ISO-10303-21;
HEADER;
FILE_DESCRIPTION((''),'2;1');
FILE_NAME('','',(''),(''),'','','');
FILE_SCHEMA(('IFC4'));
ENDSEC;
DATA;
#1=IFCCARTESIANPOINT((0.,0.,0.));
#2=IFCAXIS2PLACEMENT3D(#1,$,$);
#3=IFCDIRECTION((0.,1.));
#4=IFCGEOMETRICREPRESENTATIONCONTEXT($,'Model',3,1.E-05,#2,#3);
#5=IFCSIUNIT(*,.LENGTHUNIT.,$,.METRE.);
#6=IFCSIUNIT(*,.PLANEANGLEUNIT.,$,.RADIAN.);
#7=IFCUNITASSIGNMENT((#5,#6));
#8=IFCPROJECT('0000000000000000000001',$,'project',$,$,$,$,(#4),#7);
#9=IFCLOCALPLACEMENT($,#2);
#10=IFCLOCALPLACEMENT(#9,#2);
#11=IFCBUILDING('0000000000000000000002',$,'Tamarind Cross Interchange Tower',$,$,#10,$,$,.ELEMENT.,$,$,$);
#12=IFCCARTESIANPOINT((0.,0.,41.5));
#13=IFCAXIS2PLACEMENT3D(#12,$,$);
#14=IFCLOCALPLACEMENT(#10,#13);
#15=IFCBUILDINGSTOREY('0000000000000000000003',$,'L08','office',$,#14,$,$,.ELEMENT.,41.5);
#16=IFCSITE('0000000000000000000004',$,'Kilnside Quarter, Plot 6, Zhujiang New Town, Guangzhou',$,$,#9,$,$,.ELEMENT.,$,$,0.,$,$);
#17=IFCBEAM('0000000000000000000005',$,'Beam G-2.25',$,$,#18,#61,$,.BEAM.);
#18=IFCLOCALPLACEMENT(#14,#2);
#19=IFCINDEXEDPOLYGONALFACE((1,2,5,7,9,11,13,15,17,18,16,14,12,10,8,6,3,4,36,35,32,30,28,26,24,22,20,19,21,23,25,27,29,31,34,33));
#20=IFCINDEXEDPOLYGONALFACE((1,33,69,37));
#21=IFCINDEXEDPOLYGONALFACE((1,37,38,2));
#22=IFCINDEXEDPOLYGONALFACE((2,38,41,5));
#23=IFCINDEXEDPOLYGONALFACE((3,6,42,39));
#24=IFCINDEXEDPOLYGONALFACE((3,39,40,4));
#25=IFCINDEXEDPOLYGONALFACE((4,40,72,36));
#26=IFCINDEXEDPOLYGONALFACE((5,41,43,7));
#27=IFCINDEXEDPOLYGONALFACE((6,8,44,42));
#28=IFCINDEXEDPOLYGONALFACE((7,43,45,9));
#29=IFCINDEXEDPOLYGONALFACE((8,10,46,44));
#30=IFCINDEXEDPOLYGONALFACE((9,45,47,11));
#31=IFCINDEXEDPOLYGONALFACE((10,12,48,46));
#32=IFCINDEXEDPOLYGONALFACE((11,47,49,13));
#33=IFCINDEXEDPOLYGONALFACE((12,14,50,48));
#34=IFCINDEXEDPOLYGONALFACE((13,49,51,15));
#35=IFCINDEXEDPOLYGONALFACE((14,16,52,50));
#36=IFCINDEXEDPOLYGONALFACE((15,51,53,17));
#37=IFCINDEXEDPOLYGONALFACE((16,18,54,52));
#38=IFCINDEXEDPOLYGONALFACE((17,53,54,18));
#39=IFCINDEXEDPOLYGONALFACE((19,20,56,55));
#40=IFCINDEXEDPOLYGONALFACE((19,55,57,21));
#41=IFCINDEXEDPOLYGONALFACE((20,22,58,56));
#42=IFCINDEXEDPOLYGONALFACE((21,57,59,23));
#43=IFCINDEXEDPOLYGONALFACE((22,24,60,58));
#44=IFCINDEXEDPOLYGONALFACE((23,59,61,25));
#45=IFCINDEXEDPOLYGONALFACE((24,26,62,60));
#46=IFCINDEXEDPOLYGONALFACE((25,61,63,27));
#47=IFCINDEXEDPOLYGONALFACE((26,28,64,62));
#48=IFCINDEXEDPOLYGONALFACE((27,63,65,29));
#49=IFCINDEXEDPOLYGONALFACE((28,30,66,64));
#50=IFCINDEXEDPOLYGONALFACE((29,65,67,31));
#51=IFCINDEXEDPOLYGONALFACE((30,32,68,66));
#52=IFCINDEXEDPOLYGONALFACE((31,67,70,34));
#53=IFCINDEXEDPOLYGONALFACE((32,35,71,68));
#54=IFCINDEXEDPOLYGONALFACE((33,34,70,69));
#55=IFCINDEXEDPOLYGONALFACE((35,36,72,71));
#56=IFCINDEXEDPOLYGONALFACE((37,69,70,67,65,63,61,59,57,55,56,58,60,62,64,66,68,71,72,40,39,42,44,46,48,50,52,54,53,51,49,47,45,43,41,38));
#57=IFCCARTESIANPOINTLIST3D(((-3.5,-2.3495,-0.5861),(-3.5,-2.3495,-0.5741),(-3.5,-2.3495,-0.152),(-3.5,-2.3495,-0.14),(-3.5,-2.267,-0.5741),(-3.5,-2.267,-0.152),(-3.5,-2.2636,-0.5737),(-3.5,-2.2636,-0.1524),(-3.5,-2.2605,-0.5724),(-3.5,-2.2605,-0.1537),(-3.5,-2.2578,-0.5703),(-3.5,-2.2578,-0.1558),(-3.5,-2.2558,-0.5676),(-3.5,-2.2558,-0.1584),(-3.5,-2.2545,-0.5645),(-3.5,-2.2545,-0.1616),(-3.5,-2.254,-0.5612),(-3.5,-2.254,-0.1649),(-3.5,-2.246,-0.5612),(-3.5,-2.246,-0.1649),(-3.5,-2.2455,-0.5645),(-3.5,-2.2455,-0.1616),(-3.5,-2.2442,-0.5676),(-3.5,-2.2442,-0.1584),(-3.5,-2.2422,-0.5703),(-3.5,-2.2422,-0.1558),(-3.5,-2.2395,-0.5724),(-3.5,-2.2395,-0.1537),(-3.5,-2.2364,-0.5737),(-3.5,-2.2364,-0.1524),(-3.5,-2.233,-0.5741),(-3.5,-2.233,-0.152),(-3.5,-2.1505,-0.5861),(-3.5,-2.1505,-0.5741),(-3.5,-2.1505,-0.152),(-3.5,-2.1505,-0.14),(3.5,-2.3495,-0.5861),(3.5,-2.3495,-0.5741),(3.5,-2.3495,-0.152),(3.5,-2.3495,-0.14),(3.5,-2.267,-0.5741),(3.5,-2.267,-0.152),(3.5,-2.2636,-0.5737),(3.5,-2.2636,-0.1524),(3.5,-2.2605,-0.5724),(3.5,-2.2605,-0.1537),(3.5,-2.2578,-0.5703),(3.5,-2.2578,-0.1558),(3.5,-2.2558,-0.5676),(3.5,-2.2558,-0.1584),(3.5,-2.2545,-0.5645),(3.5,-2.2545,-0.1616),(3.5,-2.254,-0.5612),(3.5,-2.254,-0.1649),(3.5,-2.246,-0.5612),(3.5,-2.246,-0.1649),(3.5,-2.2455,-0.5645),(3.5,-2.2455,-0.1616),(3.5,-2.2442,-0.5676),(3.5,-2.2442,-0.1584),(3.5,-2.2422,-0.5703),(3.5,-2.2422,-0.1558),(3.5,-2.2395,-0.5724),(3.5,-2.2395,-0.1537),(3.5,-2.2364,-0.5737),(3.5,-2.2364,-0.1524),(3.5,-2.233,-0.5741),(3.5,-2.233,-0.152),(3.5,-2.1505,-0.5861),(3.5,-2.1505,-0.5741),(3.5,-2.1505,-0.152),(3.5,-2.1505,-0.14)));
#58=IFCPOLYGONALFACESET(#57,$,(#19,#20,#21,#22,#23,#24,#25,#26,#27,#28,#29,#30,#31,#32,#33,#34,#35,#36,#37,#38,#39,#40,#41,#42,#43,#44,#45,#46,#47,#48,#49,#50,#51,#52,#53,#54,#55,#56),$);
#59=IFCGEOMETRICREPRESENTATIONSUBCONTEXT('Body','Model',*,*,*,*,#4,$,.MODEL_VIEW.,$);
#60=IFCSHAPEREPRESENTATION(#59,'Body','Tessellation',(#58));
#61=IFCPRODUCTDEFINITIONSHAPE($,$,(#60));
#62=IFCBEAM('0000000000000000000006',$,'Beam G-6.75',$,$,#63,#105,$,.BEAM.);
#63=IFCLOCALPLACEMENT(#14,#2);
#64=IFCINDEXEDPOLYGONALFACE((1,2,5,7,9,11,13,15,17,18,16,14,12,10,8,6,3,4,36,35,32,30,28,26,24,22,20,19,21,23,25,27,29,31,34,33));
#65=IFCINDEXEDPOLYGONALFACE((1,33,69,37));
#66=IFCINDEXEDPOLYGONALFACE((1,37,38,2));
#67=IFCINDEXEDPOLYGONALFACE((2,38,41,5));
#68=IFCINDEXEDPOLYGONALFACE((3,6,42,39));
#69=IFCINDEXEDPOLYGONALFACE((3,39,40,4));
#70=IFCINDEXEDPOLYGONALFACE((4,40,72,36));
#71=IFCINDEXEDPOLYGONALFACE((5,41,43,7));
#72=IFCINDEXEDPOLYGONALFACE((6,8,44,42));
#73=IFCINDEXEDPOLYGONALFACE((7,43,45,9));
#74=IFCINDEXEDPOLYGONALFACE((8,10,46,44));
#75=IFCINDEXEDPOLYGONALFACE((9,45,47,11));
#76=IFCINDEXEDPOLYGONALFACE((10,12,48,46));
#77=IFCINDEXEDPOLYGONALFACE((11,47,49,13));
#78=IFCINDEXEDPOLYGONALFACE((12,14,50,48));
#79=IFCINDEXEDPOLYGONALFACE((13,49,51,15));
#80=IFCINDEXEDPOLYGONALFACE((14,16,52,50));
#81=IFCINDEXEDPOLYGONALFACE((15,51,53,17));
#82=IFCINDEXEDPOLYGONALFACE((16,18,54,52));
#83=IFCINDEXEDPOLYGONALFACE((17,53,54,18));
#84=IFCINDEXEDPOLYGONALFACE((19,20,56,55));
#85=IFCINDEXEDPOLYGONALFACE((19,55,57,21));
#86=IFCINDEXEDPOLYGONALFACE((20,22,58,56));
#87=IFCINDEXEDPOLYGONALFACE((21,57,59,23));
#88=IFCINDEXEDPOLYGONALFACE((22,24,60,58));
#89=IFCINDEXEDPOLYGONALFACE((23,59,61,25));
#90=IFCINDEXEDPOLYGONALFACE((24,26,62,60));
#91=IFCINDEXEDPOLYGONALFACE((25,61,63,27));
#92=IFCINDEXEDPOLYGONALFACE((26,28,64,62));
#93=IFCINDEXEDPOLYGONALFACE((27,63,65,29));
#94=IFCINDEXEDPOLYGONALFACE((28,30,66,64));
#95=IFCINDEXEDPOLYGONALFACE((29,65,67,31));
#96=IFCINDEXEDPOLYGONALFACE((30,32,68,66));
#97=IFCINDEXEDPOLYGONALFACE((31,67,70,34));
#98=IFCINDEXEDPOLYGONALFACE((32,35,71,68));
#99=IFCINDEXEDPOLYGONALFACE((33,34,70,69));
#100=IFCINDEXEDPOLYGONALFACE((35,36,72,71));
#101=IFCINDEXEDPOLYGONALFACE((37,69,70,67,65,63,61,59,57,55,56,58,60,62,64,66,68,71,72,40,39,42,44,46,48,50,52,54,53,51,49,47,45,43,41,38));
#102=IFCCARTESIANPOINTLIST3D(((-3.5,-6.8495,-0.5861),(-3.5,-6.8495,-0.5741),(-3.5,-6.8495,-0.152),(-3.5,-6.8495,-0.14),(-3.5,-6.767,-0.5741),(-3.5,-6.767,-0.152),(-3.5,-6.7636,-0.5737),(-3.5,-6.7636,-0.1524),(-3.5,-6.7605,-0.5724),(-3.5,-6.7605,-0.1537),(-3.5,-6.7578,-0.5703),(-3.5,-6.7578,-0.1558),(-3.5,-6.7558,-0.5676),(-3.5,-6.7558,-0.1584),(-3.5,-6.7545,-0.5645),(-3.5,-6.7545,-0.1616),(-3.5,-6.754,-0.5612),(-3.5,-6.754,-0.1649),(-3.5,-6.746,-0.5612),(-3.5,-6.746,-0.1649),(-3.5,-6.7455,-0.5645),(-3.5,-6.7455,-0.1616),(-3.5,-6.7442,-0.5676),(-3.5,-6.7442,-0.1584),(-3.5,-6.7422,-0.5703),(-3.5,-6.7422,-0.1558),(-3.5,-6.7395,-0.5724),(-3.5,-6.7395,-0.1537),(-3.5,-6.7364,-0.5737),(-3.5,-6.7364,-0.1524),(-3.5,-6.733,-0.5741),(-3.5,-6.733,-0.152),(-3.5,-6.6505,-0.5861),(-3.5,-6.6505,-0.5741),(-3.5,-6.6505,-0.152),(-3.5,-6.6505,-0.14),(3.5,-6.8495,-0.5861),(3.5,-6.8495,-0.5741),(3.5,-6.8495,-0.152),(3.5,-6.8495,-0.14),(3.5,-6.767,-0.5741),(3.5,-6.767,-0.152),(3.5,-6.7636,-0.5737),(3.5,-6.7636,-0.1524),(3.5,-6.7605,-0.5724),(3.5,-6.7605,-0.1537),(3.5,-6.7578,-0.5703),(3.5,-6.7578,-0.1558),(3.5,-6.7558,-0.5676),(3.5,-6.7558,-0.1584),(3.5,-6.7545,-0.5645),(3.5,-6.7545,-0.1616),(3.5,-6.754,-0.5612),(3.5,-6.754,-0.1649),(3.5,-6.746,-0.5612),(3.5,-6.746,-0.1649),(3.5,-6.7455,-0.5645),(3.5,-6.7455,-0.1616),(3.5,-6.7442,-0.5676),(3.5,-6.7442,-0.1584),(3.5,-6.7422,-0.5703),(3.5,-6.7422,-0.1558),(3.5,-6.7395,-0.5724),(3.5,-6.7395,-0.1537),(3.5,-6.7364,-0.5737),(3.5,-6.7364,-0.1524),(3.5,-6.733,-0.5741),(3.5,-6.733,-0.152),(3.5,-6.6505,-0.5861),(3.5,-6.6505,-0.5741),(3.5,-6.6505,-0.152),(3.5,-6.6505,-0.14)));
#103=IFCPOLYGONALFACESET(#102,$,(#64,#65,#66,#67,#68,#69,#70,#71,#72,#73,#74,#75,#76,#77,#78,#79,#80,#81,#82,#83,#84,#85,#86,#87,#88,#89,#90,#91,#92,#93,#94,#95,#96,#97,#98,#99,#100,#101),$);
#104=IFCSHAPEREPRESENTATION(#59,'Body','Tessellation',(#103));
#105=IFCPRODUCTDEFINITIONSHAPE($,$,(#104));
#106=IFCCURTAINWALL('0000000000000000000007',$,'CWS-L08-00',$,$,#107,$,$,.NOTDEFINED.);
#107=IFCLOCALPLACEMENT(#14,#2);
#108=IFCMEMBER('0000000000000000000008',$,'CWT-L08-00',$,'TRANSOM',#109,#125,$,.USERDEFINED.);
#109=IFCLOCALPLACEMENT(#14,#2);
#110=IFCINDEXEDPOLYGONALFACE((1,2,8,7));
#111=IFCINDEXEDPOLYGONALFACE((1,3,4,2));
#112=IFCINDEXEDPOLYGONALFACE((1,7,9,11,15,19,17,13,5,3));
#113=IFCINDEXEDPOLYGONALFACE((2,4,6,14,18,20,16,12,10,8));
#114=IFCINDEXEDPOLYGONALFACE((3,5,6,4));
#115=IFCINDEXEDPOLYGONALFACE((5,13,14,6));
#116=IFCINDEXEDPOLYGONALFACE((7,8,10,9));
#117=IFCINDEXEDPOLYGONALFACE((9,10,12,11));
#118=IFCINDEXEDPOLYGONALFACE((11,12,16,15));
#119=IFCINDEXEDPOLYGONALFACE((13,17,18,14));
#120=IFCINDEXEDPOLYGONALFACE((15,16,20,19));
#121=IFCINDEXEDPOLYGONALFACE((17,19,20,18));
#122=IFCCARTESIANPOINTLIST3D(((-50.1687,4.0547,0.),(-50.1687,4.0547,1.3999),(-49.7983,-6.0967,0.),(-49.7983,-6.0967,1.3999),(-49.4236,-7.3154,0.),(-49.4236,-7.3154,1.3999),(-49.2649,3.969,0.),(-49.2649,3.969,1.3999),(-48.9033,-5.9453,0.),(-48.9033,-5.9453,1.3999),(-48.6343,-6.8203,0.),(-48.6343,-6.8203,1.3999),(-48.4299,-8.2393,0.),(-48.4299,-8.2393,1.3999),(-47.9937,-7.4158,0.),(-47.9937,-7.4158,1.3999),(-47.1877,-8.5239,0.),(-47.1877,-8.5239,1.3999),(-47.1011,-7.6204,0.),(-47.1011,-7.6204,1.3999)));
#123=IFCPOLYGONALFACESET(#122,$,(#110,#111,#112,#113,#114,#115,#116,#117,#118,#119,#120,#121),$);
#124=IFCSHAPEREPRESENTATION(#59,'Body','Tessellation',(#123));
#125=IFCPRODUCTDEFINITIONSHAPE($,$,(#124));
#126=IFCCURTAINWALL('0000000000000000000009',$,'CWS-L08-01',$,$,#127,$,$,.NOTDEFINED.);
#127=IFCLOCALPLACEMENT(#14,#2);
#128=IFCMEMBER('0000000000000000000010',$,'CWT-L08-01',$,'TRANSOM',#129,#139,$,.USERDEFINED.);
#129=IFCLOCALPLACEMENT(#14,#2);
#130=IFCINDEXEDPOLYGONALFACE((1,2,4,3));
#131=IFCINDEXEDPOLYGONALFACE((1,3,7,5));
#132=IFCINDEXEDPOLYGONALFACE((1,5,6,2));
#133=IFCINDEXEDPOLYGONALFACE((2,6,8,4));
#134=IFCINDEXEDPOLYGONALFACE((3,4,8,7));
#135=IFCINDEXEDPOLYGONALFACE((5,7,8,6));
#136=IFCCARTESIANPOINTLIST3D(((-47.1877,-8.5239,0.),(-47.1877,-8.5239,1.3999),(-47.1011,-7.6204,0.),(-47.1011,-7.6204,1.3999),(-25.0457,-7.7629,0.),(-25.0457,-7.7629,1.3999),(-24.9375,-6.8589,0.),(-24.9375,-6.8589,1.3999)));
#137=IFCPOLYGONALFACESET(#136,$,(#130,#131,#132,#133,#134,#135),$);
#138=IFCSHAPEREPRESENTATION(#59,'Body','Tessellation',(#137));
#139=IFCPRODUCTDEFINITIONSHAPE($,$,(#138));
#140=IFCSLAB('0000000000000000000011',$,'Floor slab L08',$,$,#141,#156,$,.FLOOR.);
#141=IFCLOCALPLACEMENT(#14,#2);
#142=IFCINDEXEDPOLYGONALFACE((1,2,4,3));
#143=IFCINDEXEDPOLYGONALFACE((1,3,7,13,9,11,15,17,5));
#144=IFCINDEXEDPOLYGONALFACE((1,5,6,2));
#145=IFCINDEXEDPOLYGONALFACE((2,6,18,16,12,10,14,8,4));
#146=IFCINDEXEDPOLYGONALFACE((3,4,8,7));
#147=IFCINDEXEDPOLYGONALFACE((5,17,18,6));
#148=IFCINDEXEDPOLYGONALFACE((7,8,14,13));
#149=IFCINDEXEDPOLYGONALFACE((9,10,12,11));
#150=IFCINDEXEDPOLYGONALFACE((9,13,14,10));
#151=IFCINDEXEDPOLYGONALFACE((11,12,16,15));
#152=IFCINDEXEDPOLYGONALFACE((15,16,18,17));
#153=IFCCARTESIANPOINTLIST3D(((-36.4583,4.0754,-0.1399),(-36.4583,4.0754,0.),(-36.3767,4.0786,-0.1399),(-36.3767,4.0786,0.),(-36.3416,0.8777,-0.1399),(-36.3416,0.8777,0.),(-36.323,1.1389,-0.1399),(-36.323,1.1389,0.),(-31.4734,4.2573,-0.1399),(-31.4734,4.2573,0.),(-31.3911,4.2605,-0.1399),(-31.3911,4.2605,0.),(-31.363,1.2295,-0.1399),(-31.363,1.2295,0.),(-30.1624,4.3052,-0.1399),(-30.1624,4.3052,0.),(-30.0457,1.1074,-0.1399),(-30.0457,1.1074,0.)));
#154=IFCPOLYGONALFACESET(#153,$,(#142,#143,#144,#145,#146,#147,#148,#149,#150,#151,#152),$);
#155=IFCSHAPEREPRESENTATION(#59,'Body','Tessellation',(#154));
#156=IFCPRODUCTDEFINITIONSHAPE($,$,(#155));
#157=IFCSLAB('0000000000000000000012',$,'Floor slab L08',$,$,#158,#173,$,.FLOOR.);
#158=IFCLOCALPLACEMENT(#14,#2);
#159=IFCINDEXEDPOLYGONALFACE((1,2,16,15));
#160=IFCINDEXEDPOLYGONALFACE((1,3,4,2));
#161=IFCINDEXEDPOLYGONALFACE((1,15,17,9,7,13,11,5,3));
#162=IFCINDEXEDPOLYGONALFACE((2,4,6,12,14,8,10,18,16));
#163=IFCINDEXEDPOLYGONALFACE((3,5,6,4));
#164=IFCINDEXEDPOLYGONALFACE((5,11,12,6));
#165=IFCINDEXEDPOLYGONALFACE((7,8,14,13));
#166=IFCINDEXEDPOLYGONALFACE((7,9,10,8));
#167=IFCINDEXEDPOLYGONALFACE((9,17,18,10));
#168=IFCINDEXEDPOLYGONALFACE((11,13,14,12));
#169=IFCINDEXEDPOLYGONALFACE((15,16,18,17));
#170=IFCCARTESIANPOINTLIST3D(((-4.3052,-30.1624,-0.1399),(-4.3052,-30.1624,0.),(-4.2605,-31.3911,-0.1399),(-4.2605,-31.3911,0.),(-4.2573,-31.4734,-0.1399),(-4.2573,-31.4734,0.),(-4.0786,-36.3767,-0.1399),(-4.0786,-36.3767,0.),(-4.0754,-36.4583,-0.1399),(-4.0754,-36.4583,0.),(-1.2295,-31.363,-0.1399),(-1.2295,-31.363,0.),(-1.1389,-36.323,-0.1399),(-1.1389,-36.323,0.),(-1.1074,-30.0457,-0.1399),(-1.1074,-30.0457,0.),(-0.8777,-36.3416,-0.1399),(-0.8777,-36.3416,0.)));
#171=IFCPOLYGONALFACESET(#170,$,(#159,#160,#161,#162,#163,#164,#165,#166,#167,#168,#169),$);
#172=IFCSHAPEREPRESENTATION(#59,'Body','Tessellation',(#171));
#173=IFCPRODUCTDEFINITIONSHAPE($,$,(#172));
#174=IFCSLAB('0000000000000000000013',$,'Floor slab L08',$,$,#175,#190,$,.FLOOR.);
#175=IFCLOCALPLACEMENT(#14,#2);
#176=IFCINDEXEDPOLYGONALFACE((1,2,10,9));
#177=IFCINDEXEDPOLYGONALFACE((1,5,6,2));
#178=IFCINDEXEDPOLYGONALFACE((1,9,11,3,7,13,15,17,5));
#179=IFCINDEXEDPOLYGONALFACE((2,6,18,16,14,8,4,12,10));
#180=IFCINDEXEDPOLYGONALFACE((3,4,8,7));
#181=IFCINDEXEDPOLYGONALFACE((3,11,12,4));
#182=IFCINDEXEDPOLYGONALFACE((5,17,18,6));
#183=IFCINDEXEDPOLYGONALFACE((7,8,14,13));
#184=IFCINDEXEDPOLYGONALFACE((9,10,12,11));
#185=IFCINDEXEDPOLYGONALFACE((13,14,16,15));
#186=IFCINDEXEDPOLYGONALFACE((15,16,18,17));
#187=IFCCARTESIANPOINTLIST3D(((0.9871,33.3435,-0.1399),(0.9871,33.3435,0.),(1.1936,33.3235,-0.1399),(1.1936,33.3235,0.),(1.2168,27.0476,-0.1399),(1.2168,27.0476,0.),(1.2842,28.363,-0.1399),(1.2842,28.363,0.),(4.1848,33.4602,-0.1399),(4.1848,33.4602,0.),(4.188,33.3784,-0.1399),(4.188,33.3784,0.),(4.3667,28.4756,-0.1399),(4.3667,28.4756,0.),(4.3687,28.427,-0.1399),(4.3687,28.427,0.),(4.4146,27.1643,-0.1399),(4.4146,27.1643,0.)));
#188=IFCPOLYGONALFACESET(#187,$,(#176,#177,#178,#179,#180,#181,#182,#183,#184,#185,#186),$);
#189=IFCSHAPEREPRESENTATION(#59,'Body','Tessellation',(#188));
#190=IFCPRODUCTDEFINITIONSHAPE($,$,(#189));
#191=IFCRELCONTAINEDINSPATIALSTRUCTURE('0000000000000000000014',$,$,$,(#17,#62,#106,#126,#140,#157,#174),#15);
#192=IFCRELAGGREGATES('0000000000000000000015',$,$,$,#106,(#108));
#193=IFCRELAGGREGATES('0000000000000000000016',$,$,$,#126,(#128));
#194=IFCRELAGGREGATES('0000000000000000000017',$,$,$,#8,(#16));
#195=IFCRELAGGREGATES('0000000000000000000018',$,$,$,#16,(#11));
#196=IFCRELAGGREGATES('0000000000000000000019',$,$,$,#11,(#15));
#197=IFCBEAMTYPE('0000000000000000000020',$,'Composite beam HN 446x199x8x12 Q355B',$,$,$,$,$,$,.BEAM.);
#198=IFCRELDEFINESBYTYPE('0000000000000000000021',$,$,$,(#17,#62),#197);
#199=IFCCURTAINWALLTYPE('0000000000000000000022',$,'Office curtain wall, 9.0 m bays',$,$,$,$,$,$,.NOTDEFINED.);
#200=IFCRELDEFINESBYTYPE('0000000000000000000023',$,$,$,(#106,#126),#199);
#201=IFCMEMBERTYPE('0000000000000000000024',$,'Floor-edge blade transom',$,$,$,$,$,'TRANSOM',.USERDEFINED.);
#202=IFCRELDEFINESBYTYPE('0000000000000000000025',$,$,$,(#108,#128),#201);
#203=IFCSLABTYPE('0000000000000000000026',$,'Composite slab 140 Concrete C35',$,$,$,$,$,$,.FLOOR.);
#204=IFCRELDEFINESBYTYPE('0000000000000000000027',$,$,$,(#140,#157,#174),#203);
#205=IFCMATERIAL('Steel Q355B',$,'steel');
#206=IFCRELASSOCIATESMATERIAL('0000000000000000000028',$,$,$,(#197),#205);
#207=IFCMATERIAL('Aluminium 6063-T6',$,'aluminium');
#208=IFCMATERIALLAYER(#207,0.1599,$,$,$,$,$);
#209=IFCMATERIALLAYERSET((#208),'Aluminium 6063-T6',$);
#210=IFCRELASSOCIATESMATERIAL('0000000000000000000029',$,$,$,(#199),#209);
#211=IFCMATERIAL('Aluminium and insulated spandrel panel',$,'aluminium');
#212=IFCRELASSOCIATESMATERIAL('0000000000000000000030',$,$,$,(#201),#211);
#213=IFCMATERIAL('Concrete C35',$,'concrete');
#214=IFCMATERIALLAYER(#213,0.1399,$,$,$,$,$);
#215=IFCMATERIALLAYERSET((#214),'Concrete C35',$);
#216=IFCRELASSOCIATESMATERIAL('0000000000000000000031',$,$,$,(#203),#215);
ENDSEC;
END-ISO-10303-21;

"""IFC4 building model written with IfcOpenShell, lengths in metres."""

from ifc_helpers import new_model, si_unit, direction, frame, origin, origin_2d, place, context, subcontext, project, spatial, polyline, i_section, outline, extrude, material, layer, layer_set, material_profile, profile_set, type_object, element, aggregate, save


model = new_model("IFC4")

# Units and contexts
model_context = context("Model", 3, precision=1e-05, world=origin(), true_north=direction((0.0, 1.0)))
body_context = subcontext(model_context, "Body", "Model", "MODEL_VIEW")
ifc_project = project(units=[si_unit("LENGTHUNIT", "METRE"), si_unit("PLANEANGLEUNIT", "RADIAN")], contexts=[model_context])

# Site, building, storey
site_placement = place(None, origin())
site = spatial("IfcSite", under=ifc_project, at=site_placement, Name="Kilnside Quarter, Plot 6, Zhujiang New Town, Guangzhou", CompositionType="ELEMENT", RefElevation=0.0)
building_placement = place(site_placement, origin())
building = spatial("IfcBuilding", under=site, at=building_placement, Name="Tamarind Cross Interchange Tower", CompositionType="ELEMENT")
storey_placement = place(building_placement, frame((0.0, 0.0, 41.5)))
storey = spatial("IfcBuildingStorey", under=building, at=storey_placement, Name="L08", Description="office", CompositionType="ELEMENT", Elevation=41.5)

# Beams
ifc_material_1 = material(Name="Steel Q355B", Category="steel")
ifc_material_profile = material_profile(ifc_material_1, i_section(OverallWidth=0.199, OverallDepth=0.446, WebThickness=0.0081, FlangeThickness=0.012, FilletRadius=0.0129, at=origin_2d()), Name="HN 446x199x8x12")
ifc_profile_set = profile_set([ifc_material_profile], Name="Steel Q355B")
beam_type = type_object("IfcBeamType", Name="Composite beam HN 446x199x8x12 Q355B", PredefinedType="BEAM", material=ifc_profile_set)
for number, where, z_axis, x_axis, name in (
    (1, (-3.5, -2.25, -0.363), (1.0, 0.0, 0.0), (0.0, 1.0, 0.0), "Beam G-2.25"),
    (2, (-3.5, -6.75, -0.363), (1.0, 0.0, 0.0), (0.0, 1.0, 0.0), "Beam G-6.75"),
):
    element("IfcBeam", number, at=place(storey_placement, frame(where, z_axis=z_axis, x_axis=x_axis)), inside=storey, type_object=beam_type, Name=name, PredefinedType="BEAM", context=body_context, shape_type="SweptSolid", body=[
        extrude(i_section(OverallWidth=0.199, OverallDepth=0.446, WebThickness=0.0081, FlangeThickness=0.012, FilletRadius=0.0129, at=origin_2d()), origin(), (0.0, 0.0, 1.0), 7.0),
    ])

# Curtain walls, members
ifc_material_2 = material(Name="Aluminium 6063-T6", Category="aluminium")
ifc_layer_1 = layer(ifc_material_2, 0.1599)
ifc_layer_set_1 = layer_set([ifc_layer_1], Name="Aluminium 6063-T6")
curtain_wall_type = type_object("IfcCurtainWallType", Name="Office curtain wall, 9.0 m bays", PredefinedType="NOTDEFINED", material=ifc_layer_set_1)
curtain_wall_1_placement = place(storey_placement, origin())
curtain_wall_1 = element("IfcCurtainWall", 3, at=curtain_wall_1_placement, inside=storey, type_object=curtain_wall_type, Name="CWS-L08-00", PredefinedType="NOTDEFINED")
ifc_material_3 = material(Name="Aluminium and insulated spandrel panel", Category="aluminium")
member_type = type_object("IfcMemberType", Name="Floor-edge blade transom", ElementType="TRANSOM", PredefinedType="USERDEFINED", material=ifc_material_3)
member_1_placement = place(storey_placement, origin())
member_1 = element("IfcMember", 4, at=member_1_placement, type_object=member_type, Name="CWT-L08-00", ObjectType="TRANSOM", PredefinedType="USERDEFINED", context=body_context, shape_type="SweptSolid", body=[
    extrude(outline(polyline([(-49.2649, 3.969), (-48.9033, -5.9453), (-48.6343, -6.8203), (-47.9937, -7.4158), (-47.1011, -7.6204), (-47.1877, -8.5239), (-48.4299, -8.2393), (-49.4236, -7.3154), (-49.7983, -6.0967), (-50.1687, 4.0547), (-49.2649, 3.969)])), origin(), (0.0, 0.0, 1.0), 1.3999),
])
curtain_wall_2_placement = place(storey_placement, origin())
curtain_wall_2 = element("IfcCurtainWall", 5, at=curtain_wall_2_placement, inside=storey, type_object=curtain_wall_type, Name="CWS-L08-01", PredefinedType="NOTDEFINED")
member_2_placement = place(storey_placement, origin())
member_2 = element("IfcMember", 6, at=member_2_placement, type_object=member_type, Name="CWT-L08-01", ObjectType="TRANSOM", PredefinedType="USERDEFINED", context=body_context, shape_type="SweptSolid", body=[
    extrude(outline(polyline([(-47.1011, -7.6204), (-24.9375, -6.8589), (-25.0457, -7.7629), (-47.1877, -8.5239), (-47.1011, -7.6204)])), origin(), (0.0, 0.0, 1.0), 1.3999),
])

# Slabs
ifc_material_4 = material(Name="Concrete C35", Category="concrete")
ifc_layer_2 = layer(ifc_material_4, 0.1399)
ifc_layer_set_2 = layer_set([ifc_layer_2], Name="Concrete C35")
slab_type = type_object("IfcSlabType", Name="Composite slab 140 Concrete C35", PredefinedType="FLOOR", material=ifc_layer_set_2)
slab_1_placement = place(storey_placement, frame((0.0, 0.0, -0.1399)))
element("IfcSlab", 7, at=slab_1_placement, inside=storey, type_object=slab_type, Name="Floor slab L08", PredefinedType="FLOOR", context=body_context, shape_type="SweptSolid", body=[
    extrude(outline(polyline([(-36.323, 1.1389), (-36.3767, 4.0786), (-36.4583, 4.0754), (-36.3416, 0.8777), (-30.0457, 1.1074), (-30.1624, 4.3052), (-31.3911, 4.2605), (-31.4734, 4.2573), (-31.363, 1.2295), (-36.323, 1.1389)])), origin(), (0.0, 0.0, 1.0), 0.1399),
])
slab_2_placement = place(storey_placement, frame((0.0, 0.0, -0.1399)))
element("IfcSlab", 8, at=slab_2_placement, inside=storey, type_object=slab_type, Name="Floor slab L08", PredefinedType="FLOOR", context=body_context, shape_type="SweptSolid", body=[
    extrude(outline(polyline([(-4.0754, -36.4583), (-0.8777, -36.3416), (-1.1074, -30.0457), (-4.3052, -30.1624), (-4.2605, -31.3911), (-4.2573, -31.4734), (-1.2295, -31.363), (-1.1389, -36.323), (-4.0786, -36.3767), (-4.0754, -36.4583)])), origin(), (0.0, 0.0, 1.0), 0.1399),
])
slab_3_placement = place(storey_placement, frame((0.0, 0.0, -0.1399)))
element("IfcSlab", 9, at=slab_3_placement, inside=storey, type_object=slab_type, Name="Floor slab L08", PredefinedType="FLOOR", context=body_context, shape_type="SweptSolid", body=[
    extrude(outline(polyline([(1.1936, 33.3235), (4.188, 33.3784), (4.1848, 33.4602), (0.9871, 33.3435), (1.2168, 27.0476), (4.4146, 27.1643), (4.3687, 28.427), (4.3667, 28.4756), (1.2842, 28.363), (1.1936, 33.3235)])), origin(), (0.0, 0.0, 1.0), 0.1399),
])

aggregate(curtain_wall_1, [member_1])
aggregate(curtain_wall_2, [member_2])

save(model, "model.ifc")
